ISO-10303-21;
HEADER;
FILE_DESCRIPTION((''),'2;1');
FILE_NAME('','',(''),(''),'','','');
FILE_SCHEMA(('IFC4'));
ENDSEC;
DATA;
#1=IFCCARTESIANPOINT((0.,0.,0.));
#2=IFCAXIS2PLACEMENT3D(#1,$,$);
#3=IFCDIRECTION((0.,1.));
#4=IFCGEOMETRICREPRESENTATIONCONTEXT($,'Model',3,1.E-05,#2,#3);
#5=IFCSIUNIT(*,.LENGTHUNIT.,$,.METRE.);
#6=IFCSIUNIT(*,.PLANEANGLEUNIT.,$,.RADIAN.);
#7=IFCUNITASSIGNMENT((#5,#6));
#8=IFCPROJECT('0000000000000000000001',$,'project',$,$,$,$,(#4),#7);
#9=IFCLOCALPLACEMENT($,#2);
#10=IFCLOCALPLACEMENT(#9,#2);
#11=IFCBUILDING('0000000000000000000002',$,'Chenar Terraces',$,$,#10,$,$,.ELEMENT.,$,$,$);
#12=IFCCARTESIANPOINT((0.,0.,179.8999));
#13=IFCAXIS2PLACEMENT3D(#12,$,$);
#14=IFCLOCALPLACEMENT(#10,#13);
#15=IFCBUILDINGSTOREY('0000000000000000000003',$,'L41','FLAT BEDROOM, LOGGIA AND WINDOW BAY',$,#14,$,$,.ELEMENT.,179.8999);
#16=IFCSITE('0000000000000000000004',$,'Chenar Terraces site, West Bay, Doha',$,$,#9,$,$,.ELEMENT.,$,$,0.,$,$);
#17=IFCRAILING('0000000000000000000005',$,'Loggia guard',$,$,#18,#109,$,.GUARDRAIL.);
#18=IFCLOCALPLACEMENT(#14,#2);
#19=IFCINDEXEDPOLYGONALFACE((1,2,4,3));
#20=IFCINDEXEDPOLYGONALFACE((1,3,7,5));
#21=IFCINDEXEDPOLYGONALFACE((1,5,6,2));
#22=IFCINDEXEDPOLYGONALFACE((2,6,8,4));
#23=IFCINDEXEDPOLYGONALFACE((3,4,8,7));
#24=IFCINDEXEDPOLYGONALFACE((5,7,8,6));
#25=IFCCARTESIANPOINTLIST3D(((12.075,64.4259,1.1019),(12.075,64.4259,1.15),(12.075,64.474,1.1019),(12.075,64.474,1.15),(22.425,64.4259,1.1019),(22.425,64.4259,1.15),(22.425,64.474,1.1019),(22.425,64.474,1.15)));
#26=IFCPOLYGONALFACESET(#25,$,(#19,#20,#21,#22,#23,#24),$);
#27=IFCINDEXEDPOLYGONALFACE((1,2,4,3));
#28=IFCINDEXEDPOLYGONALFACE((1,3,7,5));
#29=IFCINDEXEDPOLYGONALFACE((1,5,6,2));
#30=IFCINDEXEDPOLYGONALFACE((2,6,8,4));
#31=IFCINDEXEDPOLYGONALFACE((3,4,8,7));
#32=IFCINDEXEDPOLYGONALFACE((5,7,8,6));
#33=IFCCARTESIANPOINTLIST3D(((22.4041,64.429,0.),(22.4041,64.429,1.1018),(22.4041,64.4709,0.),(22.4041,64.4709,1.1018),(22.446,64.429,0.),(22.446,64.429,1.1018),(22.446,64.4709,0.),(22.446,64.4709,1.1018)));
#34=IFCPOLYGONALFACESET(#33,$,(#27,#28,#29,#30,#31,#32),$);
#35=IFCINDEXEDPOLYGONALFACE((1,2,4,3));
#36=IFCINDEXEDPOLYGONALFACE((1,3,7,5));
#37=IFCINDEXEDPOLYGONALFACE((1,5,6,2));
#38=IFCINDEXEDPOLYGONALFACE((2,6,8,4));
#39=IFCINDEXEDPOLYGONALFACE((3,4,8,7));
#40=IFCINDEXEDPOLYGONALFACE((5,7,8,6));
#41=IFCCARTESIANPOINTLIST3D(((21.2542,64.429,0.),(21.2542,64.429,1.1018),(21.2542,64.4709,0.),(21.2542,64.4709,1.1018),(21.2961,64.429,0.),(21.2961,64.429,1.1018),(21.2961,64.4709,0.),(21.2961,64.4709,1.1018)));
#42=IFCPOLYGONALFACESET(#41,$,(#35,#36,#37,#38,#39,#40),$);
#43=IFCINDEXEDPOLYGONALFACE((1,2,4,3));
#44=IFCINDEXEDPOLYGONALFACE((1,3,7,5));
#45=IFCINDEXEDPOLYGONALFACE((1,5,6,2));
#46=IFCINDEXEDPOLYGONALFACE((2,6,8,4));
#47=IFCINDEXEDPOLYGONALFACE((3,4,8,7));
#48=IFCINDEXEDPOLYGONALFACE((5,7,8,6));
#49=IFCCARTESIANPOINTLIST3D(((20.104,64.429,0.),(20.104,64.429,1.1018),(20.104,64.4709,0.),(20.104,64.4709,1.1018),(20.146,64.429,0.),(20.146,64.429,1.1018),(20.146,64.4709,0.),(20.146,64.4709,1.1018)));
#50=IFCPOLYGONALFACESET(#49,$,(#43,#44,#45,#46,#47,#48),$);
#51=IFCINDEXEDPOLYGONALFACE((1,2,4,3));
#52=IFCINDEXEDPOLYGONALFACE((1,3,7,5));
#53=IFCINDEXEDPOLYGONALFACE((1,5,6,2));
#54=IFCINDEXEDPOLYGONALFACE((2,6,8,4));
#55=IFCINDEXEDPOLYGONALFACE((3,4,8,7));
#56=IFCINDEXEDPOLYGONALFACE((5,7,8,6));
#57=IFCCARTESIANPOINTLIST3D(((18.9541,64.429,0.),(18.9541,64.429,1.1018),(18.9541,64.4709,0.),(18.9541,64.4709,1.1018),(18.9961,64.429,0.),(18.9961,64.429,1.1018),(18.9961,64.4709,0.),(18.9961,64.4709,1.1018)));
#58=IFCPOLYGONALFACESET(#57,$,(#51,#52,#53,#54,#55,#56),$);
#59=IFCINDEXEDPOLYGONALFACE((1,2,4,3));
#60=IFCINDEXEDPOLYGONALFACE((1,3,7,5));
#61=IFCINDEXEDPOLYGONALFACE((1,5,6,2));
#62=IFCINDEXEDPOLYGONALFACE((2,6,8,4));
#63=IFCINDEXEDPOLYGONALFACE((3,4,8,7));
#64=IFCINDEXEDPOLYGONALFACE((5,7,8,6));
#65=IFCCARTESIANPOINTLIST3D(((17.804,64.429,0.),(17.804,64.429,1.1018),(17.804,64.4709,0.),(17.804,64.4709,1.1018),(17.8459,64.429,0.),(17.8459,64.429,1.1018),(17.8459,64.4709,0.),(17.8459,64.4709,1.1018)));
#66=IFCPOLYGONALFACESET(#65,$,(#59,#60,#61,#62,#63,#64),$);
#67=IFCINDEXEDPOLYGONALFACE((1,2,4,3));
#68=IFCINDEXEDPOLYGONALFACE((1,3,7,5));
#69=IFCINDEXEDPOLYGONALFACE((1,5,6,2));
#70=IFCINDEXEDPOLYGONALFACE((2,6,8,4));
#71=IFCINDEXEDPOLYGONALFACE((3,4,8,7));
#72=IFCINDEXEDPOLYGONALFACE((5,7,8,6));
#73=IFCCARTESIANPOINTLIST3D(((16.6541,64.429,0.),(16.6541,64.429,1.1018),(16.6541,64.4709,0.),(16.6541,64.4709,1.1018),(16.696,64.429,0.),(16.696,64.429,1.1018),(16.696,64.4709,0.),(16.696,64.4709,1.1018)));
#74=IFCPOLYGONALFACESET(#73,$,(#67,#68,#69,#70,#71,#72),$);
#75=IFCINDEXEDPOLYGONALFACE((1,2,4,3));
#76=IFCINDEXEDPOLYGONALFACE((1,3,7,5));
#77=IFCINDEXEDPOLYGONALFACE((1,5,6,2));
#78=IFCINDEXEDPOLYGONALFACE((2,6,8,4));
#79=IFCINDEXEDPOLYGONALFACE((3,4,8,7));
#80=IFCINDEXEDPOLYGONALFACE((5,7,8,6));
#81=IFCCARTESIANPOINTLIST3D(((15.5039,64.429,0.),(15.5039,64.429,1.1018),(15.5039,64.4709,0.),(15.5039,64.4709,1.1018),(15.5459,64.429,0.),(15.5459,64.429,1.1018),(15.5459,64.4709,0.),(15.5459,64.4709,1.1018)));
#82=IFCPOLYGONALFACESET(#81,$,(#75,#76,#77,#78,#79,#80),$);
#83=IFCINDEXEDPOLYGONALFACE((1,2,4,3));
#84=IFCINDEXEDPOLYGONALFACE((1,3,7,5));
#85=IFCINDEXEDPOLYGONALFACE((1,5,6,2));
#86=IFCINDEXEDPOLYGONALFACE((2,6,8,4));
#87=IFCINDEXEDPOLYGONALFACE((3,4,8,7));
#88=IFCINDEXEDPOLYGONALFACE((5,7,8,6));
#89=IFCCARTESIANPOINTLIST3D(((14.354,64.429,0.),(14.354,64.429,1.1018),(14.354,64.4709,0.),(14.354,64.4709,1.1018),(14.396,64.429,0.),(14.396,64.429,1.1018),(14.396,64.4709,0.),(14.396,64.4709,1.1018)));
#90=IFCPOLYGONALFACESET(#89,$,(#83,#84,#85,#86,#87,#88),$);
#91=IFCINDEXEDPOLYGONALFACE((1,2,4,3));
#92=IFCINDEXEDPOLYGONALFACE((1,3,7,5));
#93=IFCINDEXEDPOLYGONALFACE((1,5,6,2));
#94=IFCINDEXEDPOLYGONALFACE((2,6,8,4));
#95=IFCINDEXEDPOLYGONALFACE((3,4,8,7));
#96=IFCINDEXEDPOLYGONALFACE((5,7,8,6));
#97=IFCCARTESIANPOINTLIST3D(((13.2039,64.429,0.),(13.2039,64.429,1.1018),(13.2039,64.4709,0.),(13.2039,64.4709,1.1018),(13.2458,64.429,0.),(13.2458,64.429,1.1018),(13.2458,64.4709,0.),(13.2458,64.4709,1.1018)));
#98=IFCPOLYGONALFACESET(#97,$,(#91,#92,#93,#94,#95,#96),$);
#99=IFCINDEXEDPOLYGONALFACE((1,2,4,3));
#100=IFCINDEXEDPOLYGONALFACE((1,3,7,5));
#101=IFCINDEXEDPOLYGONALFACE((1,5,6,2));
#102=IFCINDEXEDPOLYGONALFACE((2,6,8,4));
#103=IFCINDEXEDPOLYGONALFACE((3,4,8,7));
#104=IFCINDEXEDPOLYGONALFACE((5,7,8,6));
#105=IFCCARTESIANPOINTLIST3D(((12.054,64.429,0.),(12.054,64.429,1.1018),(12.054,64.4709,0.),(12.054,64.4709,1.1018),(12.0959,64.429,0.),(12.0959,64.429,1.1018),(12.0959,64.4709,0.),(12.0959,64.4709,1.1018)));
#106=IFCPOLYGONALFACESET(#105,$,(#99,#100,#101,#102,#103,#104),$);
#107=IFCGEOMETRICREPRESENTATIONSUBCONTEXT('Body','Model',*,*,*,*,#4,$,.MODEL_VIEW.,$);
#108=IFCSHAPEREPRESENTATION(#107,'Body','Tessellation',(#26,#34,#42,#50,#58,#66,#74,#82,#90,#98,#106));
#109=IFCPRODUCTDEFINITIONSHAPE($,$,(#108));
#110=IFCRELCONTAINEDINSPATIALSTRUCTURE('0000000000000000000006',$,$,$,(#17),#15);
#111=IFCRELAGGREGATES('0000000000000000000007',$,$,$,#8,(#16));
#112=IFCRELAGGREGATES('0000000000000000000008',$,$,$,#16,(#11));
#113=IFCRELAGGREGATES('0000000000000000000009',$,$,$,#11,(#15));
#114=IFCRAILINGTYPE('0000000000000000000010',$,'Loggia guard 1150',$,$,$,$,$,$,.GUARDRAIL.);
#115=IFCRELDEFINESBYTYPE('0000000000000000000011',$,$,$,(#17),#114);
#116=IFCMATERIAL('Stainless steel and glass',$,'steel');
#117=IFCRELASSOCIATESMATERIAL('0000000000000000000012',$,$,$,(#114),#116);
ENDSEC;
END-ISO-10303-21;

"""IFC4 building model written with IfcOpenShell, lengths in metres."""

from ifc_helpers import new_model, si_unit, direction, frame, origin, origin_2d, place, context, subcontext, project, spatial, rectangle, extrude, material, type_object, element, save


model = new_model("IFC4")

# Units and contexts
model_context = context("Model", 3, precision=1e-05, world=origin(), true_north=direction((0.0, 1.0)))
body_context = subcontext(model_context, "Body", "Model", "MODEL_VIEW")
ifc_project = project(units=[si_unit("LENGTHUNIT", "METRE"), si_unit("PLANEANGLEUNIT", "RADIAN")], contexts=[model_context])

# Site, building, storey
site_placement = place(None, origin())
site = spatial("IfcSite", under=ifc_project, at=site_placement, Name="Chenar Terraces site, West Bay, Doha", CompositionType="ELEMENT", RefElevation=0.0)
building_placement = place(site_placement, origin())
building = spatial("IfcBuilding", under=site, at=building_placement, Name="Chenar Terraces", CompositionType="ELEMENT")
storey_placement = place(building_placement, frame((0.0, 0.0, 179.8999)))
storey = spatial("IfcBuildingStorey", under=building, at=storey_placement, Name="L41", Description="FLAT BEDROOM, LOGGIA AND WINDOW BAY", CompositionType="ELEMENT", Elevation=179.8999)

# Railing
ifc_material_1 = material(Name="Stainless steel and glass", Category="steel")
railing_type_1 = type_object("IfcRailingType", Name="Loggia guard 1150", PredefinedType="GUARDRAIL", material=ifc_material_1)
railing_1_placement = place(storey_placement, frame((22.425, 64.45, 0.0)))
element("IfcRailing", 1, at=railing_1_placement, inside=storey, type_object=railing_type_1, Name="Loggia guard", PredefinedType="GUARDRAIL", context=body_context, shape_type="SweptSolid", body=[
    extrude(rectangle(XDim=0.0481, YDim=0.0481, at=origin_2d()), frame((0.0, 0.0, 1.126), z_axis=(-1.0, 0.0, 0.0), x_axis=(0.0, -1.0, 0.0)), (0.0, 0.0, 1.0), 10.3501),
    extrude(rectangle(XDim=0.042, YDim=0.042, at=origin_2d()), origin(), (0.0, 0.0, 1.0), 1.1018),
    extrude(rectangle(XDim=0.042, YDim=0.042, at=origin_2d()), frame((-1.1499, 0.0, 0.0)), (0.0, 0.0, 1.0), 1.1018),
    extrude(rectangle(XDim=0.042, YDim=0.042, at=origin_2d()), frame((-2.3, 0.0, 0.0)), (0.0, 0.0, 1.0), 1.1018),
    extrude(rectangle(XDim=0.042, YDim=0.042, at=origin_2d()), frame((-3.45, 0.0, 0.0)), (0.0, 0.0, 1.0), 1.1018),
    extrude(rectangle(XDim=0.042, YDim=0.042, at=origin_2d()), frame((-4.6001, 0.0, 0.0)), (0.0, 0.0, 1.0), 1.1018),
    extrude(rectangle(XDim=0.042, YDim=0.042, at=origin_2d()), frame((-5.75, 0.0, 0.0)), (0.0, 0.0, 1.0), 1.1018),
    extrude(rectangle(XDim=0.042, YDim=0.042, at=origin_2d()), frame((-6.9001, 0.0, 0.0)), (0.0, 0.0, 1.0), 1.1018),
    extrude(rectangle(XDim=0.042, YDim=0.042, at=origin_2d()), frame((-8.05, 0.0, 0.0)), (0.0, 0.0, 1.0), 1.1018),
    extrude(rectangle(XDim=0.042, YDim=0.042, at=origin_2d()), frame((-9.2002, 0.0, 0.0)), (0.0, 0.0, 1.0), 1.1018),
    extrude(rectangle(XDim=0.042, YDim=0.042, at=origin_2d()), frame((-10.3501, 0.0, 0.0)), (0.0, 0.0, 1.0), 1.1018),
])

save(model, "model.ifc")
